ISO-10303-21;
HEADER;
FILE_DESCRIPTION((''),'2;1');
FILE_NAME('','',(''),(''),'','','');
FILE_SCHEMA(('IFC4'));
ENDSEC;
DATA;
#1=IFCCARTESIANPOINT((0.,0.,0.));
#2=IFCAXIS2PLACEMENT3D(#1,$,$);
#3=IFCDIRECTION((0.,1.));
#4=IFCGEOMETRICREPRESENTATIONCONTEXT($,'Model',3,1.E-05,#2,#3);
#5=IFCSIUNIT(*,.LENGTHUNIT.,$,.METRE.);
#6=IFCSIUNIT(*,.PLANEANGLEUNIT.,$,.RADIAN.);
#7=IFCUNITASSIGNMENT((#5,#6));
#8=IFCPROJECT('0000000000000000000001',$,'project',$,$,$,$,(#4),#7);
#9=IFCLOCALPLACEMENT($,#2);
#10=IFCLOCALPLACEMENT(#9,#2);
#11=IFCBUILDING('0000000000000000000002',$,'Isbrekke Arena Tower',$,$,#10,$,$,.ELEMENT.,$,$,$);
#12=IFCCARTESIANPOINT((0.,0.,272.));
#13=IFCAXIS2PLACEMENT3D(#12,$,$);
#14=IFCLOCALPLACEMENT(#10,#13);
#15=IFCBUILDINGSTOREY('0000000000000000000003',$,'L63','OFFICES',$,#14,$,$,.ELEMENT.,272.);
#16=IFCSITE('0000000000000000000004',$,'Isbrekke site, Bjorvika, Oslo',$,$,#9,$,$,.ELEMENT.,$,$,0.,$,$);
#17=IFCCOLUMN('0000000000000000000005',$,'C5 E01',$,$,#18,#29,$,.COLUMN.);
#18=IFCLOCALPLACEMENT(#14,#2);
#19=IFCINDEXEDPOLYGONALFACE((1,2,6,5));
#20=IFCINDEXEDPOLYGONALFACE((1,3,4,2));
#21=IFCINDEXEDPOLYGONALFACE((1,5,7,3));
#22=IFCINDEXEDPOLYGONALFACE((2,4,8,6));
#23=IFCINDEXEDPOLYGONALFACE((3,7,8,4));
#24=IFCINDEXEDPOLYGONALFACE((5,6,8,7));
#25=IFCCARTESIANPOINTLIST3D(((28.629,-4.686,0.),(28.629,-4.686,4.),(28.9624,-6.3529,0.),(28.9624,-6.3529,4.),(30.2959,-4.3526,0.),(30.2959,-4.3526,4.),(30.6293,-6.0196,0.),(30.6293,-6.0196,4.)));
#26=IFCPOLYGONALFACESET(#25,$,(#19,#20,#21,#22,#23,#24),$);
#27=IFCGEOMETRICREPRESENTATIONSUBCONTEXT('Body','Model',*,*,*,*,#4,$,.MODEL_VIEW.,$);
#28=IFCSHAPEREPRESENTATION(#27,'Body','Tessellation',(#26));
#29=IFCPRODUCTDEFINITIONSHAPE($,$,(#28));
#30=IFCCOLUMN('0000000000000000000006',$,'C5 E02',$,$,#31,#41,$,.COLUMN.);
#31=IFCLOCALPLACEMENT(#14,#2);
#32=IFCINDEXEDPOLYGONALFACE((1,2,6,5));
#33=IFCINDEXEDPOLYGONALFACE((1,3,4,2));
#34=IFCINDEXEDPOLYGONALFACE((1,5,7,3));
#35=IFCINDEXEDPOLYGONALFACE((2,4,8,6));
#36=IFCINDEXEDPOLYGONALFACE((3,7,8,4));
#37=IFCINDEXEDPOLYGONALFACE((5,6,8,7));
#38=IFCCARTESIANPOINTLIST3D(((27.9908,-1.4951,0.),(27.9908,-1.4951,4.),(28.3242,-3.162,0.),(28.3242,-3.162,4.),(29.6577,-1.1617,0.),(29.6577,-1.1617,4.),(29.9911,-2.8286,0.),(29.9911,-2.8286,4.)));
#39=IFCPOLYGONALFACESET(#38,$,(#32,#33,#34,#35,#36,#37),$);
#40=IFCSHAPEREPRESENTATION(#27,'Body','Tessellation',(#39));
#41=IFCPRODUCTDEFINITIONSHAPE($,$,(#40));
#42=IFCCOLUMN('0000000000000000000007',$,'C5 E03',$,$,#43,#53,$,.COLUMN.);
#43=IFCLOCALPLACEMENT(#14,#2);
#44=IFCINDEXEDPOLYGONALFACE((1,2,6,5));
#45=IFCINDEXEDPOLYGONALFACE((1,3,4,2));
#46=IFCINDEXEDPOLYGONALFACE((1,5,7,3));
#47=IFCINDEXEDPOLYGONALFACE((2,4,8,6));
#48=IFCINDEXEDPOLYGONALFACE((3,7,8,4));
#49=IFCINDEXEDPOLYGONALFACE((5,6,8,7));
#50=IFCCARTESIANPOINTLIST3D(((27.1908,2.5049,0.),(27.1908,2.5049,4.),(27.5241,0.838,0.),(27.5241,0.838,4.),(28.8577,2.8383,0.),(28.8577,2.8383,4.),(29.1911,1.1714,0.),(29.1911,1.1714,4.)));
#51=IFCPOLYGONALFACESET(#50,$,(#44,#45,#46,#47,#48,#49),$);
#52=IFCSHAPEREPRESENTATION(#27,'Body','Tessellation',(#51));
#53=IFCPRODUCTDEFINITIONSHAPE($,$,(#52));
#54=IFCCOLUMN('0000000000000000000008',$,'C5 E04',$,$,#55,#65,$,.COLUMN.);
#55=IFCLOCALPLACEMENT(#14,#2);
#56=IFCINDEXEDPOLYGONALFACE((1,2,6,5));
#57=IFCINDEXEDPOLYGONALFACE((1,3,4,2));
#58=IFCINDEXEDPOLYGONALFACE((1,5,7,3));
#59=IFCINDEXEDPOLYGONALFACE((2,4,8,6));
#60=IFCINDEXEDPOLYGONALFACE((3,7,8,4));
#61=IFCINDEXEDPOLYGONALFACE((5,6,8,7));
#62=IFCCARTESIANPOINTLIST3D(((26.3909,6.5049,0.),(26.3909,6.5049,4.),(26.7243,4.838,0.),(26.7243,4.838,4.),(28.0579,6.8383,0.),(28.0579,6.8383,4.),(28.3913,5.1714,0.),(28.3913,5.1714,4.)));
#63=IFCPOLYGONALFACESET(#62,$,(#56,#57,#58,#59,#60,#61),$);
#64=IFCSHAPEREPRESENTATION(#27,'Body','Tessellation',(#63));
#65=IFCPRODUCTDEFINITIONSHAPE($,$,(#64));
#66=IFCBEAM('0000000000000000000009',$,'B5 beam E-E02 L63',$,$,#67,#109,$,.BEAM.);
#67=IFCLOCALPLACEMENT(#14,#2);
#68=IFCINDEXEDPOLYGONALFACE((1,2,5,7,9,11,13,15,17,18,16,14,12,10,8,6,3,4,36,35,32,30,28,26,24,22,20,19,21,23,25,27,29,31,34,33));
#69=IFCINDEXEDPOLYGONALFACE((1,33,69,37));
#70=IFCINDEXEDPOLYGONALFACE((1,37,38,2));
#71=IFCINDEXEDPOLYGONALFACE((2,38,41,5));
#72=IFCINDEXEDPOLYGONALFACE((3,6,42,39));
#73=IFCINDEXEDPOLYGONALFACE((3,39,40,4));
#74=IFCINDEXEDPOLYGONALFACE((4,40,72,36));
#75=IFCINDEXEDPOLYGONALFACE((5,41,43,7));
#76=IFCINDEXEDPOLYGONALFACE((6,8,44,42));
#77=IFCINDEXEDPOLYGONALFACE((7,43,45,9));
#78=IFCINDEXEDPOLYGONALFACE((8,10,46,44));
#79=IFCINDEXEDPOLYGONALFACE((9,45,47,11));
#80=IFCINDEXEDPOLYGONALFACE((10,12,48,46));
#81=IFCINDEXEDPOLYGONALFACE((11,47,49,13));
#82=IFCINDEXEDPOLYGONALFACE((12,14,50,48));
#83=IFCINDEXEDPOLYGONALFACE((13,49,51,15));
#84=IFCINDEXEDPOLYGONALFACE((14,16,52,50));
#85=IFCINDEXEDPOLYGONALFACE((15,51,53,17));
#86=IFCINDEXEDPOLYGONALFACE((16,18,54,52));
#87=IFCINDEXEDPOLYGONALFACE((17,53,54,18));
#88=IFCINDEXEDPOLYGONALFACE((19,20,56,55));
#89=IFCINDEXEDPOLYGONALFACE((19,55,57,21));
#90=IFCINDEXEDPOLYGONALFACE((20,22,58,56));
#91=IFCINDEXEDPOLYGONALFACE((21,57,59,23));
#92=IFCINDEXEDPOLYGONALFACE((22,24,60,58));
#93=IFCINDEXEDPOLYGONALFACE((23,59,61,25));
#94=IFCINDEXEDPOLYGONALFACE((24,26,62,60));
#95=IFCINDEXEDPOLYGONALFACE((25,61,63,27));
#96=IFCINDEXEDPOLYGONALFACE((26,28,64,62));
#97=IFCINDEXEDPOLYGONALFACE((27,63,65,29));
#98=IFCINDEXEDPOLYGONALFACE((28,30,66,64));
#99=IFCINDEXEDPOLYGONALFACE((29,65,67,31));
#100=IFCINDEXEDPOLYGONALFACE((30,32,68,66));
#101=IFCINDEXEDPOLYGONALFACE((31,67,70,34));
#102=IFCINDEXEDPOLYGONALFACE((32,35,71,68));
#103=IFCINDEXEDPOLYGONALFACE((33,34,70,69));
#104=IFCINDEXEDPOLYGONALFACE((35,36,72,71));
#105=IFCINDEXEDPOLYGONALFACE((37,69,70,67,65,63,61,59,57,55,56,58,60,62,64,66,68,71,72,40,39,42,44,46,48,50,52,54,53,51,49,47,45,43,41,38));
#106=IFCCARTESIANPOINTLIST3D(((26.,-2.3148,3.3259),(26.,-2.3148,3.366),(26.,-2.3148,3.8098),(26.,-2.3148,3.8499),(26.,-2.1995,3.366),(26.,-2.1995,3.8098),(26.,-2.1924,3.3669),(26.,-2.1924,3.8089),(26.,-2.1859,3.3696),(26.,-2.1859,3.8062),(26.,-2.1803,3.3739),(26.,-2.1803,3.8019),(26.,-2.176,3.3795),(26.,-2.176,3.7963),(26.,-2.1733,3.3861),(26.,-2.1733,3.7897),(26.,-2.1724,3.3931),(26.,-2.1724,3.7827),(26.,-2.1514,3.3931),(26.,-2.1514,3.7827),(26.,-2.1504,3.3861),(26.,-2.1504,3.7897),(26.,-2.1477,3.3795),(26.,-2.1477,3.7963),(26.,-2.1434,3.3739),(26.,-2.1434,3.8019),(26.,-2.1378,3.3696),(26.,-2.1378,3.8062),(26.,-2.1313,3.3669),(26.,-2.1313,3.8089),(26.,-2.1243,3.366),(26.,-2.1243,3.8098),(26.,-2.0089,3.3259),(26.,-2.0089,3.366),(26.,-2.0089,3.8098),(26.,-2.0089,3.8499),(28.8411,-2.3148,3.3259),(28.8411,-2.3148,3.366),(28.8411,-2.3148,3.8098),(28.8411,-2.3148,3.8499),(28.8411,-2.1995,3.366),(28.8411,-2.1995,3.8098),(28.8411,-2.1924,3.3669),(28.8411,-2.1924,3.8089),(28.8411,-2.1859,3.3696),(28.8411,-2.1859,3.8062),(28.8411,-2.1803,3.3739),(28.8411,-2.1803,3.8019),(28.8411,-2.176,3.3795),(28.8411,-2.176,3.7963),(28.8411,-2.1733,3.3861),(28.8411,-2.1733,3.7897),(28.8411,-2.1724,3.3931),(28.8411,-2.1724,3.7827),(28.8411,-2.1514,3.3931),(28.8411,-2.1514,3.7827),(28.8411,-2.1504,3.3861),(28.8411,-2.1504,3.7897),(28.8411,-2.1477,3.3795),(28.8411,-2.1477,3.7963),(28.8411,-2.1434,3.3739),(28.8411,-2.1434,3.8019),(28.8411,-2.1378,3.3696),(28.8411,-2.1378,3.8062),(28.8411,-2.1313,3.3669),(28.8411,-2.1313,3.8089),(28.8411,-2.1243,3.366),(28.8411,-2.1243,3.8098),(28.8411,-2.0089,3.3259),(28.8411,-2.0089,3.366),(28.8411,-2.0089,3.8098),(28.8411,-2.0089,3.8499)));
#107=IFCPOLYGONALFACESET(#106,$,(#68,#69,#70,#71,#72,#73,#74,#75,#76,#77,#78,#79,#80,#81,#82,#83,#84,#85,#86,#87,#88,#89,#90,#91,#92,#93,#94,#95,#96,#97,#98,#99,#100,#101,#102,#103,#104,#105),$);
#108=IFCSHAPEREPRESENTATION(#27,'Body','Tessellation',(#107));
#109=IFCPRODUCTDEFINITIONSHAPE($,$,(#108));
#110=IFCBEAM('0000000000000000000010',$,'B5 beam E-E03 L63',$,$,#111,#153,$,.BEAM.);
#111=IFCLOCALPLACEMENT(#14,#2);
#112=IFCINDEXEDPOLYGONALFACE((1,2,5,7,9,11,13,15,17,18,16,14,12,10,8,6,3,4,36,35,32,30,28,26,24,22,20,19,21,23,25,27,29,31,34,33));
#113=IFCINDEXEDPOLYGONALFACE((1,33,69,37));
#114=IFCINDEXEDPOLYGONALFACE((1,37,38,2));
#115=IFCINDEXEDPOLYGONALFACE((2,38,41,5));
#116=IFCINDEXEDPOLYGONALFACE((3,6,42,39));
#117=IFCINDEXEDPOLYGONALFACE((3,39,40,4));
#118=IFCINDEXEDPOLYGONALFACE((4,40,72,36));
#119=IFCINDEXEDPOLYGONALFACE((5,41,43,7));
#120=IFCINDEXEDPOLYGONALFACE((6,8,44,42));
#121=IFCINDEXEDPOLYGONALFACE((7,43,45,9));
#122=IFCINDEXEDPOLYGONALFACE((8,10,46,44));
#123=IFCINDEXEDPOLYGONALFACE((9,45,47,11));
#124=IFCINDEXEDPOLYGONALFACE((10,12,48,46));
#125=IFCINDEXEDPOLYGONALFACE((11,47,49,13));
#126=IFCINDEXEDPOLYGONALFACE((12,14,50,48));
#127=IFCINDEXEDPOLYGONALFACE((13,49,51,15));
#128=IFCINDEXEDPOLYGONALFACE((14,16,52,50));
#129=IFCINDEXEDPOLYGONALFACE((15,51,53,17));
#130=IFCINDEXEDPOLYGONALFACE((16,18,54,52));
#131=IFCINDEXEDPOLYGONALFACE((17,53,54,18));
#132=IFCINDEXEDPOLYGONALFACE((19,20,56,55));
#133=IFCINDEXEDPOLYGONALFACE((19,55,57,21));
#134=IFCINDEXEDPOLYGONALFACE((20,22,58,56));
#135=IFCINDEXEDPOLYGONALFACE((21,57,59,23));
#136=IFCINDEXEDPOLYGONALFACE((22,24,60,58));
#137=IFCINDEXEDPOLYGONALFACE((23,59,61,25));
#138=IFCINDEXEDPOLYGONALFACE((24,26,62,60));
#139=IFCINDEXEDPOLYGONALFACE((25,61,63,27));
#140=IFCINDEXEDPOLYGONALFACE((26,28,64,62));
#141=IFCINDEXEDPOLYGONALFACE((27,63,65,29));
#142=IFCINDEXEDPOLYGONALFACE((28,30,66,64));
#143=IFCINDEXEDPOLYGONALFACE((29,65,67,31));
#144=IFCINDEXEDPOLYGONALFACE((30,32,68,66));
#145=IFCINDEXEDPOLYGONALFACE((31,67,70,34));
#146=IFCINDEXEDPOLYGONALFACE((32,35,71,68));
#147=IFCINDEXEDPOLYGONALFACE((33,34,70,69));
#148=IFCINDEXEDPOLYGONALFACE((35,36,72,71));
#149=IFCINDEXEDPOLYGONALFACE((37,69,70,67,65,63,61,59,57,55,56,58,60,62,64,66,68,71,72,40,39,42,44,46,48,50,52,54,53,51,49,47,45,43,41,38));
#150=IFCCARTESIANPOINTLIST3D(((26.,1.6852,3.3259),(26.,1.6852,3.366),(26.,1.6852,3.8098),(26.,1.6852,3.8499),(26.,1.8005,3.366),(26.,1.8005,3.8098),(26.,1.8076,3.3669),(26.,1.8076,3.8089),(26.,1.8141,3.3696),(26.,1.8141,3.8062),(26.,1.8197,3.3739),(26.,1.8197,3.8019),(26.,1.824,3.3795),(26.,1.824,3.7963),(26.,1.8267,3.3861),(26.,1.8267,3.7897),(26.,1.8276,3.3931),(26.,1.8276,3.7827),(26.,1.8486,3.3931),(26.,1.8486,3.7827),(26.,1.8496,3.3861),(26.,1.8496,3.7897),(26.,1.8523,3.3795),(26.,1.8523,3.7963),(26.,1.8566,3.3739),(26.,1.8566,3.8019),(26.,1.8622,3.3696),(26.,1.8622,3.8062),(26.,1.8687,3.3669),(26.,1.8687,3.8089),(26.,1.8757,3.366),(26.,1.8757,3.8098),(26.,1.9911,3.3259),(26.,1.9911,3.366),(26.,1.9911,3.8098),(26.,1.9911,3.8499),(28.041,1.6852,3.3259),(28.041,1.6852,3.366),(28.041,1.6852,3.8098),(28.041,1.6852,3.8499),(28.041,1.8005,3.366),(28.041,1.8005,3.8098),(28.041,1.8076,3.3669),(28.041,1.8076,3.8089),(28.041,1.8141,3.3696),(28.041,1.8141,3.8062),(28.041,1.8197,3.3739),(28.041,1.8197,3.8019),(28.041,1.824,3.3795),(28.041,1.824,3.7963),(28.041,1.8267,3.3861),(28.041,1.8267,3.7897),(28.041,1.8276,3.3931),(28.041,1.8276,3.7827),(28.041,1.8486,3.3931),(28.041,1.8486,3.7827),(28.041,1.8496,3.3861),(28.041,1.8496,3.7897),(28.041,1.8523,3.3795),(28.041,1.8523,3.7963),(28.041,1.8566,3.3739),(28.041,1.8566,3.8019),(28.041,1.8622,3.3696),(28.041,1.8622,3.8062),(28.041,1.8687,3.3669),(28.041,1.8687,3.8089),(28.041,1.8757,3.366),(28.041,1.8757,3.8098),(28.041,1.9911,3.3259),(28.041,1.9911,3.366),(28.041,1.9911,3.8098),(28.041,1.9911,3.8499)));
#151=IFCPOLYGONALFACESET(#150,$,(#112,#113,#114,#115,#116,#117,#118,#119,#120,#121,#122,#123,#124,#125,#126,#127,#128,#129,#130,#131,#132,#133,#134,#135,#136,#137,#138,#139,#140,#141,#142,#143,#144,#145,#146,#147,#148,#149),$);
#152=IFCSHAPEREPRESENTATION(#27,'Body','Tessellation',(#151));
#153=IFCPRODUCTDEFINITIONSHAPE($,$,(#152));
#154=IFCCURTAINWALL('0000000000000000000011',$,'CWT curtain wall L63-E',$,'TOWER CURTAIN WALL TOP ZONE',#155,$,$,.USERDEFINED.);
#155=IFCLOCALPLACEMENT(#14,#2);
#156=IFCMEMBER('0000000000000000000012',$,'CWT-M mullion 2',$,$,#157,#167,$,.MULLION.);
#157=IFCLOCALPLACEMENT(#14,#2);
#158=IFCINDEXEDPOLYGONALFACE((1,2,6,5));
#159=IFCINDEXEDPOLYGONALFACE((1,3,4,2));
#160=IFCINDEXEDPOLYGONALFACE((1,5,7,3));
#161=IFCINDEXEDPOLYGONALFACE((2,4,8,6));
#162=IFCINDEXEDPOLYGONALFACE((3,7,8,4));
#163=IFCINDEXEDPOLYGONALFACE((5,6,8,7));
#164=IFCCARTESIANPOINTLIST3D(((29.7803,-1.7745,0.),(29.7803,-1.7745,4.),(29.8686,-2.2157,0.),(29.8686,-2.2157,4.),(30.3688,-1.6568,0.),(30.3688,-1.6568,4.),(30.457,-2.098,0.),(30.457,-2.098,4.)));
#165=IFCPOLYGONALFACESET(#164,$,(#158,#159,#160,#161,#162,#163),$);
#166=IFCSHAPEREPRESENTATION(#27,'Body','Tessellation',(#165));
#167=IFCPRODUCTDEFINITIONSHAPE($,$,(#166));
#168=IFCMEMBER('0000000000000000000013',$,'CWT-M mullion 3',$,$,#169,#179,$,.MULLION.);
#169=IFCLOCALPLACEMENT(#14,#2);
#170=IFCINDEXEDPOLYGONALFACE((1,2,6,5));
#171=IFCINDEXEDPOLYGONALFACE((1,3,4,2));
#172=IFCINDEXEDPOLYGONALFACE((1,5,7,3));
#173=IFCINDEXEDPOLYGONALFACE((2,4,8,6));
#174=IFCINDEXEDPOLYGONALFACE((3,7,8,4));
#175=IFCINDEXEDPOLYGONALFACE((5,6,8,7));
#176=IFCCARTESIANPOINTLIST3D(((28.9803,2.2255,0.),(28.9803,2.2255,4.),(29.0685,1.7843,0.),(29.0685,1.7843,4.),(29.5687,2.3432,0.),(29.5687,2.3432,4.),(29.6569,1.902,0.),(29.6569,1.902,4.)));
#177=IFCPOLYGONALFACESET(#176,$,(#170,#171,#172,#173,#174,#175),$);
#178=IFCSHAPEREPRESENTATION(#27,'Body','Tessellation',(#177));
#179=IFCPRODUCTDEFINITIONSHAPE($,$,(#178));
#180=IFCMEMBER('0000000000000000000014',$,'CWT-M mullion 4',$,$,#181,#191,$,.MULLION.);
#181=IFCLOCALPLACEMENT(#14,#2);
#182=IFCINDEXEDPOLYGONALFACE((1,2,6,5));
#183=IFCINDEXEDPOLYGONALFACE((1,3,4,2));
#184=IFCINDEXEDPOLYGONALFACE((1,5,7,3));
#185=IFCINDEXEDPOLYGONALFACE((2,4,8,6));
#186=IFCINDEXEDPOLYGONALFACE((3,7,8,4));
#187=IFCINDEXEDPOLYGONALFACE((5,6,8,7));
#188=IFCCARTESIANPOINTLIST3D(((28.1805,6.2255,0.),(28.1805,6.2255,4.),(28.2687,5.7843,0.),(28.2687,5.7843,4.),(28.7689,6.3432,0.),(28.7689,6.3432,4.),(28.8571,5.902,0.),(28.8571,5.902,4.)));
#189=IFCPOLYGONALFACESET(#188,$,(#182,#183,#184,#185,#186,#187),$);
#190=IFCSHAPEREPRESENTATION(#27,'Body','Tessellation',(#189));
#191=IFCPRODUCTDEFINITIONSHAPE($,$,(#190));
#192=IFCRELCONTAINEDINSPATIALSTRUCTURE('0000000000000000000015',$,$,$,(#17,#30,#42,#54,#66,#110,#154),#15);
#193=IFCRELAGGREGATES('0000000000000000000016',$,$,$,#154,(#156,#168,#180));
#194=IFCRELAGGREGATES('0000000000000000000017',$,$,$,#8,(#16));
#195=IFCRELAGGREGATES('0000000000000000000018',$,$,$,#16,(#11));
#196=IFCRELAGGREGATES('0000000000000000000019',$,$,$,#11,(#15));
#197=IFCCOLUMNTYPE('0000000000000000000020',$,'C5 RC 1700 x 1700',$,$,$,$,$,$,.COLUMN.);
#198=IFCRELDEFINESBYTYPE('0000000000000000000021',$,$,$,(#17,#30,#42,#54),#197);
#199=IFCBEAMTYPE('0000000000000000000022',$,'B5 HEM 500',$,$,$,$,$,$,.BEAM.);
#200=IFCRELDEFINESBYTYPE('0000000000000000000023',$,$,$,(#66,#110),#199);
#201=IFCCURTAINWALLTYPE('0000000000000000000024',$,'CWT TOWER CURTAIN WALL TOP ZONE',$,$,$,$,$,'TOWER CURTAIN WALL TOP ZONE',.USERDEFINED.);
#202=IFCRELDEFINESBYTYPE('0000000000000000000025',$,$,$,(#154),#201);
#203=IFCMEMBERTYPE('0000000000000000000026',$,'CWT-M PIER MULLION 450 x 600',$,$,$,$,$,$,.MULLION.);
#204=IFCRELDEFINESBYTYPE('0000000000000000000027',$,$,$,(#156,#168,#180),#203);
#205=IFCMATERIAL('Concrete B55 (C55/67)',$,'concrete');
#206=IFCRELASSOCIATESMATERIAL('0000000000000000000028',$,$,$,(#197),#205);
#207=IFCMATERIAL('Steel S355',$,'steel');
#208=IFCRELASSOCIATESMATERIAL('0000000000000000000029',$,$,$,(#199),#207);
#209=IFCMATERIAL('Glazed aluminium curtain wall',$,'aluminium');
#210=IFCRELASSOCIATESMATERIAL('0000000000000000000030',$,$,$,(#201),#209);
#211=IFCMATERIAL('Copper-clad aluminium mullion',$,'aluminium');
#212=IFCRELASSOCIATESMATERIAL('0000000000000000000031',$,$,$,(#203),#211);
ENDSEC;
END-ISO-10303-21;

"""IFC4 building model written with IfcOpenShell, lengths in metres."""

from ifc_helpers import new_model, si_unit, direction, frame, origin, origin_2d, place, context, subcontext, project, spatial, rectangle, i_section, extrude, material, material_profile, profile_set, type_object, element, aggregate, save


model = new_model("IFC4")

# Units and contexts
model_context = context("Model", 3, precision=1e-05, world=origin(), true_north=direction((0.0, 1.0)))
body_context = subcontext(model_context, "Body", "Model", "MODEL_VIEW")
ifc_project = project(units=[si_unit("LENGTHUNIT", "METRE"), si_unit("PLANEANGLEUNIT", "RADIAN")], contexts=[model_context])

# Site, building, storey
site_placement = place(None, origin())
site = spatial("IfcSite", under=ifc_project, at=site_placement, Name="Isbrekke site, Bjorvika, Oslo", CompositionType="ELEMENT", RefElevation=0.0)
building_placement = place(site_placement, origin())
building = spatial("IfcBuilding", under=site, at=building_placement, Name="Isbrekke Arena Tower", CompositionType="ELEMENT")
storey_placement = place(building_placement, frame((0.0, 0.0, 272.0)))
storey = spatial("IfcBuildingStorey", under=building, at=storey_placement, Name="L63", Description="OFFICES", CompositionType="ELEMENT", Elevation=272.0)

# Columns
ifc_material_1 = material(Name="Concrete B55 (C55/67)", Category="concrete")
ifc_material_profile_1 = material_profile(ifc_material_1, rectangle(XDim=1.7, YDim=1.7, at=origin_2d()), Name="RC 1700x1700")
ifc_profile_set_1 = profile_set([ifc_material_profile_1], Name="Concrete B55 (C55/67)")
column_type = type_object("IfcColumnType", Name="C5 RC 1700 x 1700", PredefinedType="COLUMN", material=ifc_profile_set_1)
for number, where, z_axis, x_axis, name in (
    (1, (29.6292, -5.3528, 0.0), (0.0, 0.0, 1.0), (-0.196116, 0.980581, 0.0), "C5 E01"),
    (2, (28.991, -2.1619, 0.0), (0.0, 0.0, 1.0), (-0.196116, 0.980581, 0.0), "C5 E02"),
    (3, (28.1909, 1.8381, 0.0), (0.0, 0.0, 1.0), (-0.196116, 0.980581, 0.0), "C5 E03"),
    (4, (27.3911, 5.8381, 0.0), (0.0, 0.0, 1.0), (-0.196116, 0.980581, 0.0), "C5 E04"),
):
    element("IfcColumn", number, at=place(storey_placement, frame(where, z_axis=z_axis, x_axis=x_axis)), inside=storey, type_object=column_type, Name=name, PredefinedType="COLUMN", context=body_context, shape_type="SweptSolid", body=[
        extrude(rectangle(XDim=1.7, YDim=1.7, at=origin_2d()), origin(), (0.0, 0.0, 1.0), 4.0),
    ])

# Beams
ifc_material_2 = material(Name="Steel S355", Category="steel")
ifc_material_profile_2 = material_profile(ifc_material_2, i_section(OverallWidth=0.3059, OverallDepth=0.5239, WebThickness=0.021, FlangeThickness=0.04, FilletRadius=0.0271, at=origin_2d()), Name="HEM 500")
ifc_profile_set_2 = profile_set([ifc_material_profile_2], Name="Steel S355")
beam_type_1 = type_object("IfcBeamType", Name="B5 HEM 500", PredefinedType="BEAM", material=ifc_profile_set_2)
beam_1_placement = place(storey_placement, frame((28.8411, -2.1619, 3.5879), z_axis=(-1.0, 0.0, 0.0), x_axis=(0.0, -1.0, 0.0)))
element("IfcBeam", 5, at=beam_1_placement, inside=storey, type_object=beam_type_1, Name="B5 beam E-E02 L63", PredefinedType="BEAM", context=body_context, shape_type="SweptSolid", body=[
    extrude(i_section(OverallWidth=0.3059, OverallDepth=0.5239, WebThickness=0.021, FlangeThickness=0.04, FilletRadius=0.0271, at=origin_2d()), origin(), (0.0, 0.0, 1.0), 2.8411),
])
beam_2_placement = place(storey_placement, frame((28.041, 1.8381, 3.5879), z_axis=(-1.0, 0.0, 0.0), x_axis=(0.0, -1.0, 0.0)))
element("IfcBeam", 6, at=beam_2_placement, inside=storey, type_object=beam_type_1, Name="B5 beam E-E03 L63", PredefinedType="BEAM", context=body_context, shape_type="SweptSolid", body=[
    extrude(i_section(OverallWidth=0.3059, OverallDepth=0.5239, WebThickness=0.021, FlangeThickness=0.04, FilletRadius=0.0271, at=origin_2d()), origin(), (0.0, 0.0, 1.0), 2.041),
])

# Curtain wall, members
ifc_material_3 = material(Name="Glazed aluminium curtain wall", Category="aluminium")
curtain_wall_type = type_object("IfcCurtainWallType", Name="CWT TOWER CURTAIN WALL TOP ZONE", ElementType="TOWER CURTAIN WALL TOP ZONE", PredefinedType="USERDEFINED", material=ifc_material_3)
curtain_wall_placement = place(storey_placement, origin())
curtain_wall = element("IfcCurtainWall", 7, at=curtain_wall_placement, inside=storey, type_object=curtain_wall_type, Name="CWT curtain wall L63-E", ObjectType="TOWER CURTAIN WALL TOP ZONE", PredefinedType="USERDEFINED")
ifc_material_4 = material(Name="Copper-clad aluminium mullion", Category="aluminium")
ifc_material_profile_3 = material_profile(ifc_material_4, rectangle(XDim=0.45, YDim=0.6001, at=origin_2d()), Name="PIER 450X600")
ifc_profile_set_3 = profile_set([ifc_material_profile_3], Name="Copper-clad aluminium mullion")
member_type_1 = type_object("IfcMemberType", Name="CWT-M PIER MULLION 450 x 600", PredefinedType="MULLION", material=ifc_profile_set_3)
member_1_placement = place(storey_placement, frame((30.1187, -1.9363, 0.0), z_axis=(0.0, 0.0, 1.0), x_axis=(-0.196116, 0.980581, 0.0)))
member_1 = element("IfcMember", 8, at=member_1_placement, type_object=member_type_1, Name="CWT-M mullion 2", PredefinedType="MULLION", context=body_context, shape_type="SweptSolid", body=[
    extrude(rectangle(XDim=0.45, YDim=0.6001, at=origin_2d()), origin(), (0.0, 0.0, 1.0), 4.0),
])
member_2_placement = place(storey_placement, frame((29.3186, 2.0637, 0.0), z_axis=(0.0, 0.0, 1.0), x_axis=(-0.196116, 0.980581, 0.0)))
member_2 = element("IfcMember", 9, at=member_2_placement, type_object=member_type_1, Name="CWT-M mullion 3", PredefinedType="MULLION", context=body_context, shape_type="SweptSolid", body=[
    extrude(rectangle(XDim=0.45, YDim=0.6001, at=origin_2d()), origin(), (0.0, 0.0, 1.0), 4.0),
])
member_3_placement = place(storey_placement, frame((28.5188, 6.0637, 0.0), z_axis=(0.0, 0.0, 1.0), x_axis=(-0.196116, 0.980581, 0.0)))
member_3 = element("IfcMember", 10, at=member_3_placement, type_object=member_type_1, Name="CWT-M mullion 4", PredefinedType="MULLION", context=body_context, shape_type="SweptSolid", body=[
    extrude(rectangle(XDim=0.45, YDim=0.6001, at=origin_2d()), origin(), (0.0, 0.0, 1.0), 4.0),
])

aggregate(curtain_wall, [member_1, member_2, member_3])

save(model, "model.ifc")
